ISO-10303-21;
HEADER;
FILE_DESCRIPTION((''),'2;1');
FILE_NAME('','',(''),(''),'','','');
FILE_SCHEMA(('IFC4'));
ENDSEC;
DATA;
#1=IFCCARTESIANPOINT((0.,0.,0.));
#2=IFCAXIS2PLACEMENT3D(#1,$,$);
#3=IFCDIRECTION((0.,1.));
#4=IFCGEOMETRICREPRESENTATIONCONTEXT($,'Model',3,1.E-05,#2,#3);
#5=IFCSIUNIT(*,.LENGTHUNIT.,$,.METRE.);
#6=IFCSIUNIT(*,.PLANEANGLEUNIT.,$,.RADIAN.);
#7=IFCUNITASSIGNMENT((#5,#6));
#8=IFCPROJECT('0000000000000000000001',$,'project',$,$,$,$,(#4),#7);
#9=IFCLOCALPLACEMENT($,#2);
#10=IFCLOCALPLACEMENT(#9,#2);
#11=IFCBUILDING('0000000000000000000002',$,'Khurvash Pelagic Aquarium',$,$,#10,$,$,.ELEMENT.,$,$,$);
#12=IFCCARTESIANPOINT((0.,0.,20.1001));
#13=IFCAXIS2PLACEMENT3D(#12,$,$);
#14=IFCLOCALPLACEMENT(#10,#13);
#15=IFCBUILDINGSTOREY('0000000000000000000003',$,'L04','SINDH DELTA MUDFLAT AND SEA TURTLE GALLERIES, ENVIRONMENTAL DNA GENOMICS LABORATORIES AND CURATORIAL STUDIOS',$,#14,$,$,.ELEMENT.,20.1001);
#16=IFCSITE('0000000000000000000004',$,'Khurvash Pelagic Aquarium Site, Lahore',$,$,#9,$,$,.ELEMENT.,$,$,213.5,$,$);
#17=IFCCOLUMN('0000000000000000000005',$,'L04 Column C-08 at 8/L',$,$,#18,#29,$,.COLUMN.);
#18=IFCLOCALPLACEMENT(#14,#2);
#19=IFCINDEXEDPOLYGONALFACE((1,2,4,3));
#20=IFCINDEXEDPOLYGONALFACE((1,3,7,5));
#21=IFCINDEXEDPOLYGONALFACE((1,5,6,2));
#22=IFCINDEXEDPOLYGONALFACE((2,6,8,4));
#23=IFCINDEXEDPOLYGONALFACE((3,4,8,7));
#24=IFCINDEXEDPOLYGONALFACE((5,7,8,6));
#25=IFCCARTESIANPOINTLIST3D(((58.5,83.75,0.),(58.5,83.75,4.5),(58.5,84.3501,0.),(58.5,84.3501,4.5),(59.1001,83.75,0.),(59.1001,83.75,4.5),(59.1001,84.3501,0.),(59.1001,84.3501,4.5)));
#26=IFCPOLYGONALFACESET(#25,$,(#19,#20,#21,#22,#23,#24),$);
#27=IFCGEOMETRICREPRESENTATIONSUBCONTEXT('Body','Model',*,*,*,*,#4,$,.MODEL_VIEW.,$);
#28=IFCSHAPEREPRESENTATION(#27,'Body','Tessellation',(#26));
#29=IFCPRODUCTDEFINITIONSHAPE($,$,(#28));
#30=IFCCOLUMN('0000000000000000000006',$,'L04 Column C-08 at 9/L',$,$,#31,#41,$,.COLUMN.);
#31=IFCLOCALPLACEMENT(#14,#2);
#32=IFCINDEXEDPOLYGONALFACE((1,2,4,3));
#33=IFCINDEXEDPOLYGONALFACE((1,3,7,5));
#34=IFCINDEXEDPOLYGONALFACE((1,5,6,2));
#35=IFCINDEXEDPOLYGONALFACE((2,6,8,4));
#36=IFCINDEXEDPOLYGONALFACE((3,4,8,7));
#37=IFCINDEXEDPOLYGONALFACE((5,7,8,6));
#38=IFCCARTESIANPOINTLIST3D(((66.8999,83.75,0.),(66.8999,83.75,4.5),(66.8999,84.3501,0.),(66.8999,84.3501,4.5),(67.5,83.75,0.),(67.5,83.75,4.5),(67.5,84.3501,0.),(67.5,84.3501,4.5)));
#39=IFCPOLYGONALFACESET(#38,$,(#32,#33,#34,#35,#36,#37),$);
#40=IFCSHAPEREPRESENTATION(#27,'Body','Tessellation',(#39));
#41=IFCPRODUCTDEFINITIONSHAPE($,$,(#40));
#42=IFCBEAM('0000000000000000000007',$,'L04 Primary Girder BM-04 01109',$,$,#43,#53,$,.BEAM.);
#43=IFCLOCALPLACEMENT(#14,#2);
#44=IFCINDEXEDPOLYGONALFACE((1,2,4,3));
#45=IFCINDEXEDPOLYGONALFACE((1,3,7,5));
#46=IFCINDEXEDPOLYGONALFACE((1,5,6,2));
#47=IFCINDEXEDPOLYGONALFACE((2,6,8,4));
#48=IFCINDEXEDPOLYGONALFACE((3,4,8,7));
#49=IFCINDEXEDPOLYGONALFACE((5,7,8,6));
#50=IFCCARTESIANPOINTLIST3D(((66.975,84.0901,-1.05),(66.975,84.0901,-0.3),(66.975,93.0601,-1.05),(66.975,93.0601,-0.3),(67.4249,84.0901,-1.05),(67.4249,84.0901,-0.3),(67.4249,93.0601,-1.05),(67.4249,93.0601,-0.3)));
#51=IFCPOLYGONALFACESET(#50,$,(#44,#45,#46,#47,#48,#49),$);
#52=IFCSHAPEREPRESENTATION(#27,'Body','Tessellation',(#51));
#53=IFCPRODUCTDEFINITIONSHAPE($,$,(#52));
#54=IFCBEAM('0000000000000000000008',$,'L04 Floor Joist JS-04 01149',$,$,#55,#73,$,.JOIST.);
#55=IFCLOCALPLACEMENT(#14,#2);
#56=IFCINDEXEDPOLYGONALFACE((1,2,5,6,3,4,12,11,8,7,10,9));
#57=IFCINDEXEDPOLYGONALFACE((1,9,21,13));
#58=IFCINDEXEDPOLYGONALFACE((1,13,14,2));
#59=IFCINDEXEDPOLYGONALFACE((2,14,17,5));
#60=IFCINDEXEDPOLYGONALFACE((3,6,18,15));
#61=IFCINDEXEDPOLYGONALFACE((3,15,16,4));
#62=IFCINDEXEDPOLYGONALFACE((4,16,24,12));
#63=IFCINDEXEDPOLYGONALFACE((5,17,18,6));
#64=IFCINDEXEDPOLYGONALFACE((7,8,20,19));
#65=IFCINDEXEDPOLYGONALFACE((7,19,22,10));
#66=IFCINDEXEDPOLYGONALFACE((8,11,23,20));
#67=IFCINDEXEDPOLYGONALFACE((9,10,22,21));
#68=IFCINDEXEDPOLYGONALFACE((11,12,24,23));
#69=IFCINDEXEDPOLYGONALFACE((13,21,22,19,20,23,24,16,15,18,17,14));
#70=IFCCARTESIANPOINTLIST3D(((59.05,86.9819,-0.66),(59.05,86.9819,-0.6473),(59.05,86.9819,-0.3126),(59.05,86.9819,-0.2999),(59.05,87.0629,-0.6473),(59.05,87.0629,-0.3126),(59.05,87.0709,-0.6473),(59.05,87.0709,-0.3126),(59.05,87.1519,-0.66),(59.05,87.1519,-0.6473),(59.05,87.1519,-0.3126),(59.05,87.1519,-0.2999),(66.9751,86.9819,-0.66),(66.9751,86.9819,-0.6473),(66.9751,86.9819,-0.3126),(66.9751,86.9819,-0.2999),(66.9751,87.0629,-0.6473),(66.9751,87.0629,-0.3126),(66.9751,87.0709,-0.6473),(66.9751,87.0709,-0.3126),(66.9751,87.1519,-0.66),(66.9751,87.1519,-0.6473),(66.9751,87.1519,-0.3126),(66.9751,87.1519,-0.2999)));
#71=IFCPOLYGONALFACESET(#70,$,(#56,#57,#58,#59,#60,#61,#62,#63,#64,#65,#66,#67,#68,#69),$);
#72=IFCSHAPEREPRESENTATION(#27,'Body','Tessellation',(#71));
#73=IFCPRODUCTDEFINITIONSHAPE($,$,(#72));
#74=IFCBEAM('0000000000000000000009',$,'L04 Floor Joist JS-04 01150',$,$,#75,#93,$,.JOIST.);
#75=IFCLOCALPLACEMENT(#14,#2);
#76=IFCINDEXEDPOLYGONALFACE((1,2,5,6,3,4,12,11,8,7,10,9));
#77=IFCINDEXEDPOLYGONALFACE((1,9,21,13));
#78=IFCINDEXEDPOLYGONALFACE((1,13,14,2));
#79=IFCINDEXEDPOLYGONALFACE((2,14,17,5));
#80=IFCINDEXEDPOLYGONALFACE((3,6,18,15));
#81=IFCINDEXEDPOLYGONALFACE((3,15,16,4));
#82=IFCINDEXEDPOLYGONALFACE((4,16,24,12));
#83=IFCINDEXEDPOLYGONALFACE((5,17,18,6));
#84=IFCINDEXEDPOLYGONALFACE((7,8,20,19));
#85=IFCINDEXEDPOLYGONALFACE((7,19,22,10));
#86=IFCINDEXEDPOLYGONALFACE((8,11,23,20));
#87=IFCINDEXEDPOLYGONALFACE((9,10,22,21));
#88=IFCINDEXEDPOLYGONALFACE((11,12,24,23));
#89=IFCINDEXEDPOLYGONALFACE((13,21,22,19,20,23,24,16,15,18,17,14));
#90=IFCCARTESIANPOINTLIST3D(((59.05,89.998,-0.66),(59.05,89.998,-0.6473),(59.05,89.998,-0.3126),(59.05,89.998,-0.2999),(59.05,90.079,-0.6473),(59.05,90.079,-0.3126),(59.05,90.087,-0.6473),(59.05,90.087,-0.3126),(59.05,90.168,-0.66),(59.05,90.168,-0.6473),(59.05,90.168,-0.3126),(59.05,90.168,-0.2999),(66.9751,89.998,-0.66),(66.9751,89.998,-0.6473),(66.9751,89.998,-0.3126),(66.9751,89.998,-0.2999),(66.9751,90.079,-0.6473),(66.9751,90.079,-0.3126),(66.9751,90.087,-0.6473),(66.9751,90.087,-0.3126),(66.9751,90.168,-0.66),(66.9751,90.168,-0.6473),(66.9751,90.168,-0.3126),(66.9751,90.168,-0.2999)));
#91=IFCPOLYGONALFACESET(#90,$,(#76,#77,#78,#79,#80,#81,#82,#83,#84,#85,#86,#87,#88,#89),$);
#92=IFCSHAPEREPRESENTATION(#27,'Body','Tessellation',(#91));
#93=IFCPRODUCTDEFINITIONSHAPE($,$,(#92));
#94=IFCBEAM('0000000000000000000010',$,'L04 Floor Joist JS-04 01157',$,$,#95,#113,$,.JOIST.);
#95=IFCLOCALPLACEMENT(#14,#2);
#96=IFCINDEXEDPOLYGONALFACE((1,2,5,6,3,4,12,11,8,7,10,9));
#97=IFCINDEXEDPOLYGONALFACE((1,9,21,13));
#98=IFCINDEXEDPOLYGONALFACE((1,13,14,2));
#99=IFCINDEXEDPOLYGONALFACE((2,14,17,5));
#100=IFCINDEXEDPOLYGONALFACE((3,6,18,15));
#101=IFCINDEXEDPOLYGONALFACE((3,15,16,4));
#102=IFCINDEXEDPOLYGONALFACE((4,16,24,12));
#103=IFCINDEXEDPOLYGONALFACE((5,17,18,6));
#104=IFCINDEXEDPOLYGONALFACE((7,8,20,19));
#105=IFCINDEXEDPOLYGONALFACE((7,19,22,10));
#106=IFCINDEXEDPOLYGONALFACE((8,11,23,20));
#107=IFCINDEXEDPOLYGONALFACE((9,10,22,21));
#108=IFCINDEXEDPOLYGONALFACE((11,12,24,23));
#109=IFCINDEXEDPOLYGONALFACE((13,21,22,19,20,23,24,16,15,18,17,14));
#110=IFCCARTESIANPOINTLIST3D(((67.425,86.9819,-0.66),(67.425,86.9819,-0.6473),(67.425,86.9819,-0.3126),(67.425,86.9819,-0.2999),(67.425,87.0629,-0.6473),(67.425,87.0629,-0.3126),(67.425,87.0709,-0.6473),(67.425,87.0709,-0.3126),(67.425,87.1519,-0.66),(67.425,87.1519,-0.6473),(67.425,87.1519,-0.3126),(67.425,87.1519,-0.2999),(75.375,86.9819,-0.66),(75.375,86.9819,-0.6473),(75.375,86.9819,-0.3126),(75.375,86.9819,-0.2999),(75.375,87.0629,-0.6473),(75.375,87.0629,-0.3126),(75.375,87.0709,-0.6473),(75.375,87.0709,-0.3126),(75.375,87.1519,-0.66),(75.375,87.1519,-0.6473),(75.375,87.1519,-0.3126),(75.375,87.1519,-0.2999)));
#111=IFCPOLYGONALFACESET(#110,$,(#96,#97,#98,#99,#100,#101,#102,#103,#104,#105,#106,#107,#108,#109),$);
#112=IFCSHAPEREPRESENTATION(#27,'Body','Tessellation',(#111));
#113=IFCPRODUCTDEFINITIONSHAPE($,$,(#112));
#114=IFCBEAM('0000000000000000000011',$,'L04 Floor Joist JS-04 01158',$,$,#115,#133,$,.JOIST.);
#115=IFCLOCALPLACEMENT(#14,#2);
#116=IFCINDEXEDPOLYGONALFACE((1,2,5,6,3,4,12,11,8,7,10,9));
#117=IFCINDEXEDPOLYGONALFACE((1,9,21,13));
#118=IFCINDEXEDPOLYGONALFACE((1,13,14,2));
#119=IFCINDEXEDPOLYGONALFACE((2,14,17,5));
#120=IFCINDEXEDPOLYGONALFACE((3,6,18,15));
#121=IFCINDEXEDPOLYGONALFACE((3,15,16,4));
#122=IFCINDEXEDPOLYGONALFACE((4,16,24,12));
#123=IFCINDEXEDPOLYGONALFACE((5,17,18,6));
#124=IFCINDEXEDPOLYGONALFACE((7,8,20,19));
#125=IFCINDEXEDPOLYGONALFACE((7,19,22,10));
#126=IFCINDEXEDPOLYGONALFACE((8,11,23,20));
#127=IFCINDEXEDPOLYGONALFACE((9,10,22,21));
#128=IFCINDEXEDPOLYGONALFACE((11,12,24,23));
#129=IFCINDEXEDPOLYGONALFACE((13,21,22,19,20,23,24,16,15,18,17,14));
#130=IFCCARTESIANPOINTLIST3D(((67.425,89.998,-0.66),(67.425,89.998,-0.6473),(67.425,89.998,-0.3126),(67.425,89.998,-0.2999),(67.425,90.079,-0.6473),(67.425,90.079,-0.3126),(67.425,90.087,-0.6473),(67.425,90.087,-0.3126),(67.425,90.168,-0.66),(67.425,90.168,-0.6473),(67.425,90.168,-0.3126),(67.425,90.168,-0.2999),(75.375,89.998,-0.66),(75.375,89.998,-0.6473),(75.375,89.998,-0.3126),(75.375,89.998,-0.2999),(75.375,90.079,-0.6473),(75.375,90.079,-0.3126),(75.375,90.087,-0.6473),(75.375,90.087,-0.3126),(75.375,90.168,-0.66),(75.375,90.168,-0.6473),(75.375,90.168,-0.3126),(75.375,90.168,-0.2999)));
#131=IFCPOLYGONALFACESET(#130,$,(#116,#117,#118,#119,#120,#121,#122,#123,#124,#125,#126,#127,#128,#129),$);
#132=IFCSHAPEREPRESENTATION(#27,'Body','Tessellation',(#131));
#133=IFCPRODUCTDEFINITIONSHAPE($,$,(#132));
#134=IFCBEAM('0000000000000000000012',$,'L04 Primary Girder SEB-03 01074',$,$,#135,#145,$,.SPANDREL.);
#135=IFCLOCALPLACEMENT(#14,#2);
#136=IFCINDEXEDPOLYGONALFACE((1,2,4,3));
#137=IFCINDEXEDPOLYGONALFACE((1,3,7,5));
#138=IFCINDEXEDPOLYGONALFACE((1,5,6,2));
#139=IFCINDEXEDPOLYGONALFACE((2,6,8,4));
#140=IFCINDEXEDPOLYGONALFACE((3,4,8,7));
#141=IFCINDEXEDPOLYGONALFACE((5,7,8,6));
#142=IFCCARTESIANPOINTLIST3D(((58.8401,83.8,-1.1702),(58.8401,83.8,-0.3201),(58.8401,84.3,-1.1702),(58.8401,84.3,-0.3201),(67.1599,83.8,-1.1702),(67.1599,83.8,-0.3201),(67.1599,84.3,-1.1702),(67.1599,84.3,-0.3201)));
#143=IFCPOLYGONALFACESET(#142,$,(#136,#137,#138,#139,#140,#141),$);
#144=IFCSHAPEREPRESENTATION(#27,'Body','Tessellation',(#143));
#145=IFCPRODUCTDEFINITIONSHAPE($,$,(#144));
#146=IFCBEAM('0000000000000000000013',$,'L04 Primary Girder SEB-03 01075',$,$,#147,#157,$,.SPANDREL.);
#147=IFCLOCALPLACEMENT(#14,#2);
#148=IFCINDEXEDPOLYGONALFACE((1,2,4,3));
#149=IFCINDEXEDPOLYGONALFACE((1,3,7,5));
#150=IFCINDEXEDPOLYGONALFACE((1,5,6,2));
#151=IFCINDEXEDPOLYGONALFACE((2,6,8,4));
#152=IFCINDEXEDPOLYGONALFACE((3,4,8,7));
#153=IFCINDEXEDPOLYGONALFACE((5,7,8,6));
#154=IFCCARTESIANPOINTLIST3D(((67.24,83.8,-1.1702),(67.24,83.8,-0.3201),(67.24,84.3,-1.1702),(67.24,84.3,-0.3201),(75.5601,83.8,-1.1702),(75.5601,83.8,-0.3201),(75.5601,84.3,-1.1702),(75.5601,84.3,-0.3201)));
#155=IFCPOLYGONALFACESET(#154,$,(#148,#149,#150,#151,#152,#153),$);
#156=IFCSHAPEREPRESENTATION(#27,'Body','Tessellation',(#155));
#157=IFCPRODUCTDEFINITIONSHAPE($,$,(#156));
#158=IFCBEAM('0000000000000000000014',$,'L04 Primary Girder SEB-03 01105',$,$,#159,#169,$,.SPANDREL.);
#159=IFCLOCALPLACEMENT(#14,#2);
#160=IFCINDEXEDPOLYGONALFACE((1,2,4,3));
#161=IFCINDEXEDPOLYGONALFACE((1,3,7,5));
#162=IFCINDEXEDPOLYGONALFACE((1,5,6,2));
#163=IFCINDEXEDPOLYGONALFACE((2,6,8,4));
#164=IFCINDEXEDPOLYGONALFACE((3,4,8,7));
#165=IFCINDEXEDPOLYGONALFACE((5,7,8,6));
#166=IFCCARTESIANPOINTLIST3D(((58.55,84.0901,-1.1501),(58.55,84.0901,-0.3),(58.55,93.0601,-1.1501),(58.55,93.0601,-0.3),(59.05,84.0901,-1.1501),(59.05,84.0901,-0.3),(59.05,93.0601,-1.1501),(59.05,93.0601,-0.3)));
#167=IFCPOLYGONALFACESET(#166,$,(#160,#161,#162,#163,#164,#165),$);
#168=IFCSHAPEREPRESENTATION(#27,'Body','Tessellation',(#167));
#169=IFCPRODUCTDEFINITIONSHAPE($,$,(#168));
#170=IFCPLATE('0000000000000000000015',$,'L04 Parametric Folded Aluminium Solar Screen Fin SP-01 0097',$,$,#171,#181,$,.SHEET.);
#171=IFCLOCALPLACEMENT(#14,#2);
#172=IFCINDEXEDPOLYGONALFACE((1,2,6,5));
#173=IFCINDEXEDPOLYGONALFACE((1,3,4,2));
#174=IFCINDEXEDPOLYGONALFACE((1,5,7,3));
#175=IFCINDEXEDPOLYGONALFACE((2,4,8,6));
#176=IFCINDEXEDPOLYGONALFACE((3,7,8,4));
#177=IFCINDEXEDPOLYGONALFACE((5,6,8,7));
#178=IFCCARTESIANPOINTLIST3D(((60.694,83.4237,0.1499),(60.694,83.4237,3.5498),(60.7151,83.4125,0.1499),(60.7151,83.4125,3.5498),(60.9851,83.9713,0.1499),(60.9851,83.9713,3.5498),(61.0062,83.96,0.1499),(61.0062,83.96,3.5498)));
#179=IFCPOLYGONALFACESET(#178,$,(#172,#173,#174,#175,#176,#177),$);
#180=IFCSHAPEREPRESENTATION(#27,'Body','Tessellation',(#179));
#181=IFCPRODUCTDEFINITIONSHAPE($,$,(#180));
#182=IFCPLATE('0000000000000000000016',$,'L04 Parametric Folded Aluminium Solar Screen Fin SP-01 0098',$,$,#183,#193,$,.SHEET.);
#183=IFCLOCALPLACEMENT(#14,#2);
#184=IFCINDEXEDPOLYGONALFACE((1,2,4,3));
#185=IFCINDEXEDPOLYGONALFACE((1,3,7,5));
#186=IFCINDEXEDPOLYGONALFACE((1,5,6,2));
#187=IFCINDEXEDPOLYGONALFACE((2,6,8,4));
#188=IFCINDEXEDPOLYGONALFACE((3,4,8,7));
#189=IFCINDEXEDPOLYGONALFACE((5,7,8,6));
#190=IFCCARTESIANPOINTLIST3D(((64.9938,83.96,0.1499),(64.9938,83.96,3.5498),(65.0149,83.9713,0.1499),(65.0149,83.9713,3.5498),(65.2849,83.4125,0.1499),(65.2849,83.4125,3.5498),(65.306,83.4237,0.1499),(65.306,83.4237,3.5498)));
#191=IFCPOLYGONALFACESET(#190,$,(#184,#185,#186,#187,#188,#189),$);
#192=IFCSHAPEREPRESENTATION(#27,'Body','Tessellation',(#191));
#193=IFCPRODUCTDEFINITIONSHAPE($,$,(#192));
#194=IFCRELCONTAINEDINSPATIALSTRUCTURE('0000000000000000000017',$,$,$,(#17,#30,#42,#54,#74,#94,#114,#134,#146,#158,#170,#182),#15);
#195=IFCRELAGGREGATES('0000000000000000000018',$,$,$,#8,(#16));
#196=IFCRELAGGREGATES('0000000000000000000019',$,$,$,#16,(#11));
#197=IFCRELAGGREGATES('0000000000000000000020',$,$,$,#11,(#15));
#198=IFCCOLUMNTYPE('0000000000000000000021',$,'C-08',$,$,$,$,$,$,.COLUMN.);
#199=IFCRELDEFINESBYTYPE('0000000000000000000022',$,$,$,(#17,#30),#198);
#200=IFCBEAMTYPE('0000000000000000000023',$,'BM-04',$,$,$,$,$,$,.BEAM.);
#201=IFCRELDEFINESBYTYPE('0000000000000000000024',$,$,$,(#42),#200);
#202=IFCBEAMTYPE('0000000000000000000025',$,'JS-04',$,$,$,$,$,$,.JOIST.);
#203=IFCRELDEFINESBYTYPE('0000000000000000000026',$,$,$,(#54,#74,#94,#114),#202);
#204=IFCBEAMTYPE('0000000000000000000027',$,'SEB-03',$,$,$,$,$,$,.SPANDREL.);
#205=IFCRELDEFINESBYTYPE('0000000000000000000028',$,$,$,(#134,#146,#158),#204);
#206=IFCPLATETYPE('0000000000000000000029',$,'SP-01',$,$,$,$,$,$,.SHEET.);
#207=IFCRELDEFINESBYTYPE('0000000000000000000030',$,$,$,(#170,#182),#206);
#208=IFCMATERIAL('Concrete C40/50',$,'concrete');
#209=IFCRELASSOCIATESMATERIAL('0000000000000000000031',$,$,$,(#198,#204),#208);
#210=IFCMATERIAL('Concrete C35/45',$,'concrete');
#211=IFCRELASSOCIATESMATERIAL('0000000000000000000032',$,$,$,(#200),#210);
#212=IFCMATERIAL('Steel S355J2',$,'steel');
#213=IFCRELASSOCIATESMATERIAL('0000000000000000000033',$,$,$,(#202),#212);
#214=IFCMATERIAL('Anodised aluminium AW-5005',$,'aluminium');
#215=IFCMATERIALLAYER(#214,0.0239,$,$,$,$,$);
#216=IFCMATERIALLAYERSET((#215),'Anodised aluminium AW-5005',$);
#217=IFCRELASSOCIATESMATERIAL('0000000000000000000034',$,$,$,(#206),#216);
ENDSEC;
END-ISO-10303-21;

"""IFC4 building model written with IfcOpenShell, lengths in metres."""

from ifc_helpers import new_model, si_unit, direction, frame, origin, origin_2d, place, context, subcontext, project, spatial, rectangle, i_section, extrude, material, layer, layer_set, material_profile, profile_set, type_object, element, save


model = new_model("IFC4")

# Units and contexts
model_context = context("Model", 3, precision=1e-05, world=origin(), true_north=direction((0.0, 1.0)))
body_context = subcontext(model_context, "Body", "Model", "MODEL_VIEW")
ifc_project = project(units=[si_unit("LENGTHUNIT", "METRE"), si_unit("PLANEANGLEUNIT", "RADIAN")], contexts=[model_context])

# Site, building, storey
site_placement = place(None, origin())
site = spatial("IfcSite", under=ifc_project, at=site_placement, Name="Khurvash Pelagic Aquarium Site, Lahore", CompositionType="ELEMENT", RefElevation=213.5)
building_placement = place(site_placement, origin())
building = spatial("IfcBuilding", under=site, at=building_placement, Name="Khurvash Pelagic Aquarium", CompositionType="ELEMENT")
storey_placement = place(building_placement, frame((0.0, 0.0, 20.1001)))
storey = spatial("IfcBuildingStorey", under=building, at=storey_placement, Name="L04", Description="SINDH DELTA MUDFLAT AND SEA TURTLE GALLERIES, ENVIRONMENTAL DNA GENOMICS LABORATORIES AND CURATORIAL STUDIOS", CompositionType="ELEMENT", Elevation=20.1001)

# Columns
ifc_material_1 = material(Name="Concrete C40/50", Category="concrete")
ifc_material_profile_1 = material_profile(ifc_material_1, rectangle(XDim=0.6001, YDim=0.6001, at=origin_2d()), Name="RC600X600")
ifc_profile_set_1 = profile_set([ifc_material_profile_1], Name="Concrete C40/50")
column_type = type_object("IfcColumnType", Name="C-08", PredefinedType="COLUMN", material=ifc_profile_set_1)
for number, where, z_axis, x_axis, name in (
    (1, (58.8, 84.05, 0.0), (0.0, 0.0, 1.0), (1.0, 0.0, 0.0), "L04 Column C-08 at 8/L"),
    (2, (67.2, 84.05, 0.0), (0.0, 0.0, 1.0), (1.0, 0.0, 0.0), "L04 Column C-08 at 9/L"),
):
    element("IfcColumn", number, at=place(storey_placement, frame(where, z_axis=z_axis, x_axis=x_axis)), inside=storey, type_object=column_type, Name=name, PredefinedType="COLUMN", context=body_context, shape_type="SweptSolid", body=[
        extrude(rectangle(XDim=0.6001, YDim=0.6001, at=origin_2d()), origin(), (0.0, 0.0, 1.0), 4.5),
    ])

# Beams
ifc_material_2 = material(Name="Concrete C35/45", Category="concrete")
ifc_material_profile_2 = material_profile(ifc_material_2, rectangle(XDim=0.45, YDim=0.75, at=origin_2d()), Name="RC450X750")
ifc_profile_set_2 = profile_set([ifc_material_profile_2], Name="Concrete C35/45")
beam_type_1 = type_object("IfcBeamType", Name="BM-04", PredefinedType="BEAM", material=ifc_profile_set_2)
beam_1_placement = place(storey_placement, frame((67.2, 84.0901, -0.675), z_axis=(0.0, 1.0, 0.0), x_axis=(-1.0, 0.0, 0.0)))
element("IfcBeam", 3, at=beam_1_placement, inside=storey, type_object=beam_type_1, Name="L04 Primary Girder BM-04 01109", PredefinedType="BEAM", context=body_context, shape_type="SweptSolid", body=[
    extrude(rectangle(XDim=0.45, YDim=0.75, at=origin_2d()), origin(), (0.0, 0.0, 1.0), 8.97),
])
ifc_material_3 = material(Name="Steel S355J2", Category="steel")
ifc_material_profile_3 = material_profile(ifc_material_3, i_section(OverallWidth=0.1699, OverallDepth=0.3601, WebThickness=0.0081, FlangeThickness=0.0127, at=origin_2d()), Name="IPE360")
ifc_profile_set_3 = profile_set([ifc_material_profile_3], Name="Steel S355J2")
beam_type_2 = type_object("IfcBeamType", Name="JS-04", PredefinedType="JOIST", material=ifc_profile_set_3)
for number, where, z_axis, x_axis, name in (
    (4, (59.05, 87.0669, -0.48), (1.0, 0.0, 0.0), (0.0, 1.0, 0.0), "L04 Floor Joist JS-04 01149"),
    (5, (59.05, 90.083, -0.48), (1.0, 0.0, 0.0), (0.0, 1.0, 0.0), "L04 Floor Joist JS-04 01150"),
):
    element("IfcBeam", number, at=place(storey_placement, frame(where, z_axis=z_axis, x_axis=x_axis)), inside=storey, type_object=beam_type_2, Name=name, PredefinedType="JOIST", context=body_context, shape_type="SweptSolid", body=[
        extrude(i_section(OverallWidth=0.1699, OverallDepth=0.3601, WebThickness=0.0081, FlangeThickness=0.0127, at=origin_2d()), origin(), (0.0, 0.0, 1.0), 7.925),
    ])
for number, where, z_axis, x_axis, name in (
    (6, (67.425, 87.0669, -0.48), (1.0, 0.0, 0.0), (0.0, 1.0, 0.0), "L04 Floor Joist JS-04 01157"),
    (7, (67.425, 90.083, -0.48), (1.0, 0.0, 0.0), (0.0, 1.0, 0.0), "L04 Floor Joist JS-04 01158"),
):
    element("IfcBeam", number, at=place(storey_placement, frame(where, z_axis=z_axis, x_axis=x_axis)), inside=storey, type_object=beam_type_2, Name=name, PredefinedType="JOIST", context=body_context, shape_type="SweptSolid", body=[
        extrude(i_section(OverallWidth=0.1699, OverallDepth=0.3601, WebThickness=0.0081, FlangeThickness=0.0127, at=origin_2d()), origin(), (0.0, 0.0, 1.0), 7.95),
    ])
ifc_material_profile_4 = material_profile(ifc_material_1, rectangle(XDim=0.5, YDim=0.8501, at=origin_2d()), Name="RC500X850")
ifc_profile_set_4 = profile_set([ifc_material_profile_4], Name="Concrete C40/50")
beam_type_3 = type_object("IfcBeamType", Name="SEB-03", PredefinedType="SPANDREL", material=ifc_profile_set_4)
beam_2_placement = place(storey_placement, frame((58.8401, 84.05, -0.7451), z_axis=(1.0, 0.0, 0.0), x_axis=(0.0, 1.0, 0.0)))
element("IfcBeam", 8, at=beam_2_placement, inside=storey, type_object=beam_type_3, Name="L04 Primary Girder SEB-03 01074", PredefinedType="SPANDREL", context=body_context, shape_type="SweptSolid", body=[
    extrude(rectangle(XDim=0.5, YDim=0.8501, at=origin_2d()), origin(), (0.0, 0.0, 1.0), 8.3198),
])
beam_3_placement = place(storey_placement, frame((67.24, 84.05, -0.7451), z_axis=(1.0, 0.0, 0.0), x_axis=(0.0, 1.0, 0.0)))
element("IfcBeam", 9, at=beam_3_placement, inside=storey, type_object=beam_type_3, Name="L04 Primary Girder SEB-03 01075", PredefinedType="SPANDREL", context=body_context, shape_type="SweptSolid", body=[
    extrude(rectangle(XDim=0.5, YDim=0.8501, at=origin_2d()), origin(), (0.0, 0.0, 1.0), 8.3201),
])
beam_4_placement = place(storey_placement, frame((58.8, 84.0901, -0.7251), z_axis=(0.0, 1.0, 0.0), x_axis=(-1.0, 0.0, 0.0)))
element("IfcBeam", 10, at=beam_4_placement, inside=storey, type_object=beam_type_3, Name="L04 Primary Girder SEB-03 01105", PredefinedType="SPANDREL", context=body_context, shape_type="SweptSolid", body=[
    extrude(rectangle(XDim=0.5, YDim=0.8501, at=origin_2d()), origin(), (0.0, 0.0, 1.0), 8.97),
])

# Plates
ifc_material_4 = material(Name="Anodised aluminium AW-5005", Category="aluminium")
ifc_layer_1 = layer(ifc_material_4, 0.0239)
ifc_layer_set_1 = layer_set([ifc_layer_1], Name="Anodised aluminium AW-5005")
plate_type = type_object("IfcPlateType", Name="SP-01", PredefinedType="SHEET", material=ifc_layer_set_1)
for number, where, z_axis, x_axis, name in (
    (11, (60.8501, 83.6919, 0.1499), (0.0, 0.0, 1.0), (-0.469472, -0.882948, 0.0), "L04 Parametric Folded Aluminium Solar Screen Fin SP-01 0097"),
    (12, (65.1499, 83.6919, 0.1499), (0.0, 0.0, 1.0), (0.469472, -0.882948, 0.0), "L04 Parametric Folded Aluminium Solar Screen Fin SP-01 0098"),
):
    element("IfcPlate", number, at=place(storey_placement, frame(where, z_axis=z_axis, x_axis=x_axis)), inside=storey, type_object=plate_type, Name=name, PredefinedType="SHEET", context=body_context, shape_type="SweptSolid", body=[
        extrude(rectangle(XDim=0.6201, YDim=0.0239, at=origin_2d()), origin(), (0.0, 0.0, 1.0), 3.3999),
    ])

save(model, "model.ifc")
